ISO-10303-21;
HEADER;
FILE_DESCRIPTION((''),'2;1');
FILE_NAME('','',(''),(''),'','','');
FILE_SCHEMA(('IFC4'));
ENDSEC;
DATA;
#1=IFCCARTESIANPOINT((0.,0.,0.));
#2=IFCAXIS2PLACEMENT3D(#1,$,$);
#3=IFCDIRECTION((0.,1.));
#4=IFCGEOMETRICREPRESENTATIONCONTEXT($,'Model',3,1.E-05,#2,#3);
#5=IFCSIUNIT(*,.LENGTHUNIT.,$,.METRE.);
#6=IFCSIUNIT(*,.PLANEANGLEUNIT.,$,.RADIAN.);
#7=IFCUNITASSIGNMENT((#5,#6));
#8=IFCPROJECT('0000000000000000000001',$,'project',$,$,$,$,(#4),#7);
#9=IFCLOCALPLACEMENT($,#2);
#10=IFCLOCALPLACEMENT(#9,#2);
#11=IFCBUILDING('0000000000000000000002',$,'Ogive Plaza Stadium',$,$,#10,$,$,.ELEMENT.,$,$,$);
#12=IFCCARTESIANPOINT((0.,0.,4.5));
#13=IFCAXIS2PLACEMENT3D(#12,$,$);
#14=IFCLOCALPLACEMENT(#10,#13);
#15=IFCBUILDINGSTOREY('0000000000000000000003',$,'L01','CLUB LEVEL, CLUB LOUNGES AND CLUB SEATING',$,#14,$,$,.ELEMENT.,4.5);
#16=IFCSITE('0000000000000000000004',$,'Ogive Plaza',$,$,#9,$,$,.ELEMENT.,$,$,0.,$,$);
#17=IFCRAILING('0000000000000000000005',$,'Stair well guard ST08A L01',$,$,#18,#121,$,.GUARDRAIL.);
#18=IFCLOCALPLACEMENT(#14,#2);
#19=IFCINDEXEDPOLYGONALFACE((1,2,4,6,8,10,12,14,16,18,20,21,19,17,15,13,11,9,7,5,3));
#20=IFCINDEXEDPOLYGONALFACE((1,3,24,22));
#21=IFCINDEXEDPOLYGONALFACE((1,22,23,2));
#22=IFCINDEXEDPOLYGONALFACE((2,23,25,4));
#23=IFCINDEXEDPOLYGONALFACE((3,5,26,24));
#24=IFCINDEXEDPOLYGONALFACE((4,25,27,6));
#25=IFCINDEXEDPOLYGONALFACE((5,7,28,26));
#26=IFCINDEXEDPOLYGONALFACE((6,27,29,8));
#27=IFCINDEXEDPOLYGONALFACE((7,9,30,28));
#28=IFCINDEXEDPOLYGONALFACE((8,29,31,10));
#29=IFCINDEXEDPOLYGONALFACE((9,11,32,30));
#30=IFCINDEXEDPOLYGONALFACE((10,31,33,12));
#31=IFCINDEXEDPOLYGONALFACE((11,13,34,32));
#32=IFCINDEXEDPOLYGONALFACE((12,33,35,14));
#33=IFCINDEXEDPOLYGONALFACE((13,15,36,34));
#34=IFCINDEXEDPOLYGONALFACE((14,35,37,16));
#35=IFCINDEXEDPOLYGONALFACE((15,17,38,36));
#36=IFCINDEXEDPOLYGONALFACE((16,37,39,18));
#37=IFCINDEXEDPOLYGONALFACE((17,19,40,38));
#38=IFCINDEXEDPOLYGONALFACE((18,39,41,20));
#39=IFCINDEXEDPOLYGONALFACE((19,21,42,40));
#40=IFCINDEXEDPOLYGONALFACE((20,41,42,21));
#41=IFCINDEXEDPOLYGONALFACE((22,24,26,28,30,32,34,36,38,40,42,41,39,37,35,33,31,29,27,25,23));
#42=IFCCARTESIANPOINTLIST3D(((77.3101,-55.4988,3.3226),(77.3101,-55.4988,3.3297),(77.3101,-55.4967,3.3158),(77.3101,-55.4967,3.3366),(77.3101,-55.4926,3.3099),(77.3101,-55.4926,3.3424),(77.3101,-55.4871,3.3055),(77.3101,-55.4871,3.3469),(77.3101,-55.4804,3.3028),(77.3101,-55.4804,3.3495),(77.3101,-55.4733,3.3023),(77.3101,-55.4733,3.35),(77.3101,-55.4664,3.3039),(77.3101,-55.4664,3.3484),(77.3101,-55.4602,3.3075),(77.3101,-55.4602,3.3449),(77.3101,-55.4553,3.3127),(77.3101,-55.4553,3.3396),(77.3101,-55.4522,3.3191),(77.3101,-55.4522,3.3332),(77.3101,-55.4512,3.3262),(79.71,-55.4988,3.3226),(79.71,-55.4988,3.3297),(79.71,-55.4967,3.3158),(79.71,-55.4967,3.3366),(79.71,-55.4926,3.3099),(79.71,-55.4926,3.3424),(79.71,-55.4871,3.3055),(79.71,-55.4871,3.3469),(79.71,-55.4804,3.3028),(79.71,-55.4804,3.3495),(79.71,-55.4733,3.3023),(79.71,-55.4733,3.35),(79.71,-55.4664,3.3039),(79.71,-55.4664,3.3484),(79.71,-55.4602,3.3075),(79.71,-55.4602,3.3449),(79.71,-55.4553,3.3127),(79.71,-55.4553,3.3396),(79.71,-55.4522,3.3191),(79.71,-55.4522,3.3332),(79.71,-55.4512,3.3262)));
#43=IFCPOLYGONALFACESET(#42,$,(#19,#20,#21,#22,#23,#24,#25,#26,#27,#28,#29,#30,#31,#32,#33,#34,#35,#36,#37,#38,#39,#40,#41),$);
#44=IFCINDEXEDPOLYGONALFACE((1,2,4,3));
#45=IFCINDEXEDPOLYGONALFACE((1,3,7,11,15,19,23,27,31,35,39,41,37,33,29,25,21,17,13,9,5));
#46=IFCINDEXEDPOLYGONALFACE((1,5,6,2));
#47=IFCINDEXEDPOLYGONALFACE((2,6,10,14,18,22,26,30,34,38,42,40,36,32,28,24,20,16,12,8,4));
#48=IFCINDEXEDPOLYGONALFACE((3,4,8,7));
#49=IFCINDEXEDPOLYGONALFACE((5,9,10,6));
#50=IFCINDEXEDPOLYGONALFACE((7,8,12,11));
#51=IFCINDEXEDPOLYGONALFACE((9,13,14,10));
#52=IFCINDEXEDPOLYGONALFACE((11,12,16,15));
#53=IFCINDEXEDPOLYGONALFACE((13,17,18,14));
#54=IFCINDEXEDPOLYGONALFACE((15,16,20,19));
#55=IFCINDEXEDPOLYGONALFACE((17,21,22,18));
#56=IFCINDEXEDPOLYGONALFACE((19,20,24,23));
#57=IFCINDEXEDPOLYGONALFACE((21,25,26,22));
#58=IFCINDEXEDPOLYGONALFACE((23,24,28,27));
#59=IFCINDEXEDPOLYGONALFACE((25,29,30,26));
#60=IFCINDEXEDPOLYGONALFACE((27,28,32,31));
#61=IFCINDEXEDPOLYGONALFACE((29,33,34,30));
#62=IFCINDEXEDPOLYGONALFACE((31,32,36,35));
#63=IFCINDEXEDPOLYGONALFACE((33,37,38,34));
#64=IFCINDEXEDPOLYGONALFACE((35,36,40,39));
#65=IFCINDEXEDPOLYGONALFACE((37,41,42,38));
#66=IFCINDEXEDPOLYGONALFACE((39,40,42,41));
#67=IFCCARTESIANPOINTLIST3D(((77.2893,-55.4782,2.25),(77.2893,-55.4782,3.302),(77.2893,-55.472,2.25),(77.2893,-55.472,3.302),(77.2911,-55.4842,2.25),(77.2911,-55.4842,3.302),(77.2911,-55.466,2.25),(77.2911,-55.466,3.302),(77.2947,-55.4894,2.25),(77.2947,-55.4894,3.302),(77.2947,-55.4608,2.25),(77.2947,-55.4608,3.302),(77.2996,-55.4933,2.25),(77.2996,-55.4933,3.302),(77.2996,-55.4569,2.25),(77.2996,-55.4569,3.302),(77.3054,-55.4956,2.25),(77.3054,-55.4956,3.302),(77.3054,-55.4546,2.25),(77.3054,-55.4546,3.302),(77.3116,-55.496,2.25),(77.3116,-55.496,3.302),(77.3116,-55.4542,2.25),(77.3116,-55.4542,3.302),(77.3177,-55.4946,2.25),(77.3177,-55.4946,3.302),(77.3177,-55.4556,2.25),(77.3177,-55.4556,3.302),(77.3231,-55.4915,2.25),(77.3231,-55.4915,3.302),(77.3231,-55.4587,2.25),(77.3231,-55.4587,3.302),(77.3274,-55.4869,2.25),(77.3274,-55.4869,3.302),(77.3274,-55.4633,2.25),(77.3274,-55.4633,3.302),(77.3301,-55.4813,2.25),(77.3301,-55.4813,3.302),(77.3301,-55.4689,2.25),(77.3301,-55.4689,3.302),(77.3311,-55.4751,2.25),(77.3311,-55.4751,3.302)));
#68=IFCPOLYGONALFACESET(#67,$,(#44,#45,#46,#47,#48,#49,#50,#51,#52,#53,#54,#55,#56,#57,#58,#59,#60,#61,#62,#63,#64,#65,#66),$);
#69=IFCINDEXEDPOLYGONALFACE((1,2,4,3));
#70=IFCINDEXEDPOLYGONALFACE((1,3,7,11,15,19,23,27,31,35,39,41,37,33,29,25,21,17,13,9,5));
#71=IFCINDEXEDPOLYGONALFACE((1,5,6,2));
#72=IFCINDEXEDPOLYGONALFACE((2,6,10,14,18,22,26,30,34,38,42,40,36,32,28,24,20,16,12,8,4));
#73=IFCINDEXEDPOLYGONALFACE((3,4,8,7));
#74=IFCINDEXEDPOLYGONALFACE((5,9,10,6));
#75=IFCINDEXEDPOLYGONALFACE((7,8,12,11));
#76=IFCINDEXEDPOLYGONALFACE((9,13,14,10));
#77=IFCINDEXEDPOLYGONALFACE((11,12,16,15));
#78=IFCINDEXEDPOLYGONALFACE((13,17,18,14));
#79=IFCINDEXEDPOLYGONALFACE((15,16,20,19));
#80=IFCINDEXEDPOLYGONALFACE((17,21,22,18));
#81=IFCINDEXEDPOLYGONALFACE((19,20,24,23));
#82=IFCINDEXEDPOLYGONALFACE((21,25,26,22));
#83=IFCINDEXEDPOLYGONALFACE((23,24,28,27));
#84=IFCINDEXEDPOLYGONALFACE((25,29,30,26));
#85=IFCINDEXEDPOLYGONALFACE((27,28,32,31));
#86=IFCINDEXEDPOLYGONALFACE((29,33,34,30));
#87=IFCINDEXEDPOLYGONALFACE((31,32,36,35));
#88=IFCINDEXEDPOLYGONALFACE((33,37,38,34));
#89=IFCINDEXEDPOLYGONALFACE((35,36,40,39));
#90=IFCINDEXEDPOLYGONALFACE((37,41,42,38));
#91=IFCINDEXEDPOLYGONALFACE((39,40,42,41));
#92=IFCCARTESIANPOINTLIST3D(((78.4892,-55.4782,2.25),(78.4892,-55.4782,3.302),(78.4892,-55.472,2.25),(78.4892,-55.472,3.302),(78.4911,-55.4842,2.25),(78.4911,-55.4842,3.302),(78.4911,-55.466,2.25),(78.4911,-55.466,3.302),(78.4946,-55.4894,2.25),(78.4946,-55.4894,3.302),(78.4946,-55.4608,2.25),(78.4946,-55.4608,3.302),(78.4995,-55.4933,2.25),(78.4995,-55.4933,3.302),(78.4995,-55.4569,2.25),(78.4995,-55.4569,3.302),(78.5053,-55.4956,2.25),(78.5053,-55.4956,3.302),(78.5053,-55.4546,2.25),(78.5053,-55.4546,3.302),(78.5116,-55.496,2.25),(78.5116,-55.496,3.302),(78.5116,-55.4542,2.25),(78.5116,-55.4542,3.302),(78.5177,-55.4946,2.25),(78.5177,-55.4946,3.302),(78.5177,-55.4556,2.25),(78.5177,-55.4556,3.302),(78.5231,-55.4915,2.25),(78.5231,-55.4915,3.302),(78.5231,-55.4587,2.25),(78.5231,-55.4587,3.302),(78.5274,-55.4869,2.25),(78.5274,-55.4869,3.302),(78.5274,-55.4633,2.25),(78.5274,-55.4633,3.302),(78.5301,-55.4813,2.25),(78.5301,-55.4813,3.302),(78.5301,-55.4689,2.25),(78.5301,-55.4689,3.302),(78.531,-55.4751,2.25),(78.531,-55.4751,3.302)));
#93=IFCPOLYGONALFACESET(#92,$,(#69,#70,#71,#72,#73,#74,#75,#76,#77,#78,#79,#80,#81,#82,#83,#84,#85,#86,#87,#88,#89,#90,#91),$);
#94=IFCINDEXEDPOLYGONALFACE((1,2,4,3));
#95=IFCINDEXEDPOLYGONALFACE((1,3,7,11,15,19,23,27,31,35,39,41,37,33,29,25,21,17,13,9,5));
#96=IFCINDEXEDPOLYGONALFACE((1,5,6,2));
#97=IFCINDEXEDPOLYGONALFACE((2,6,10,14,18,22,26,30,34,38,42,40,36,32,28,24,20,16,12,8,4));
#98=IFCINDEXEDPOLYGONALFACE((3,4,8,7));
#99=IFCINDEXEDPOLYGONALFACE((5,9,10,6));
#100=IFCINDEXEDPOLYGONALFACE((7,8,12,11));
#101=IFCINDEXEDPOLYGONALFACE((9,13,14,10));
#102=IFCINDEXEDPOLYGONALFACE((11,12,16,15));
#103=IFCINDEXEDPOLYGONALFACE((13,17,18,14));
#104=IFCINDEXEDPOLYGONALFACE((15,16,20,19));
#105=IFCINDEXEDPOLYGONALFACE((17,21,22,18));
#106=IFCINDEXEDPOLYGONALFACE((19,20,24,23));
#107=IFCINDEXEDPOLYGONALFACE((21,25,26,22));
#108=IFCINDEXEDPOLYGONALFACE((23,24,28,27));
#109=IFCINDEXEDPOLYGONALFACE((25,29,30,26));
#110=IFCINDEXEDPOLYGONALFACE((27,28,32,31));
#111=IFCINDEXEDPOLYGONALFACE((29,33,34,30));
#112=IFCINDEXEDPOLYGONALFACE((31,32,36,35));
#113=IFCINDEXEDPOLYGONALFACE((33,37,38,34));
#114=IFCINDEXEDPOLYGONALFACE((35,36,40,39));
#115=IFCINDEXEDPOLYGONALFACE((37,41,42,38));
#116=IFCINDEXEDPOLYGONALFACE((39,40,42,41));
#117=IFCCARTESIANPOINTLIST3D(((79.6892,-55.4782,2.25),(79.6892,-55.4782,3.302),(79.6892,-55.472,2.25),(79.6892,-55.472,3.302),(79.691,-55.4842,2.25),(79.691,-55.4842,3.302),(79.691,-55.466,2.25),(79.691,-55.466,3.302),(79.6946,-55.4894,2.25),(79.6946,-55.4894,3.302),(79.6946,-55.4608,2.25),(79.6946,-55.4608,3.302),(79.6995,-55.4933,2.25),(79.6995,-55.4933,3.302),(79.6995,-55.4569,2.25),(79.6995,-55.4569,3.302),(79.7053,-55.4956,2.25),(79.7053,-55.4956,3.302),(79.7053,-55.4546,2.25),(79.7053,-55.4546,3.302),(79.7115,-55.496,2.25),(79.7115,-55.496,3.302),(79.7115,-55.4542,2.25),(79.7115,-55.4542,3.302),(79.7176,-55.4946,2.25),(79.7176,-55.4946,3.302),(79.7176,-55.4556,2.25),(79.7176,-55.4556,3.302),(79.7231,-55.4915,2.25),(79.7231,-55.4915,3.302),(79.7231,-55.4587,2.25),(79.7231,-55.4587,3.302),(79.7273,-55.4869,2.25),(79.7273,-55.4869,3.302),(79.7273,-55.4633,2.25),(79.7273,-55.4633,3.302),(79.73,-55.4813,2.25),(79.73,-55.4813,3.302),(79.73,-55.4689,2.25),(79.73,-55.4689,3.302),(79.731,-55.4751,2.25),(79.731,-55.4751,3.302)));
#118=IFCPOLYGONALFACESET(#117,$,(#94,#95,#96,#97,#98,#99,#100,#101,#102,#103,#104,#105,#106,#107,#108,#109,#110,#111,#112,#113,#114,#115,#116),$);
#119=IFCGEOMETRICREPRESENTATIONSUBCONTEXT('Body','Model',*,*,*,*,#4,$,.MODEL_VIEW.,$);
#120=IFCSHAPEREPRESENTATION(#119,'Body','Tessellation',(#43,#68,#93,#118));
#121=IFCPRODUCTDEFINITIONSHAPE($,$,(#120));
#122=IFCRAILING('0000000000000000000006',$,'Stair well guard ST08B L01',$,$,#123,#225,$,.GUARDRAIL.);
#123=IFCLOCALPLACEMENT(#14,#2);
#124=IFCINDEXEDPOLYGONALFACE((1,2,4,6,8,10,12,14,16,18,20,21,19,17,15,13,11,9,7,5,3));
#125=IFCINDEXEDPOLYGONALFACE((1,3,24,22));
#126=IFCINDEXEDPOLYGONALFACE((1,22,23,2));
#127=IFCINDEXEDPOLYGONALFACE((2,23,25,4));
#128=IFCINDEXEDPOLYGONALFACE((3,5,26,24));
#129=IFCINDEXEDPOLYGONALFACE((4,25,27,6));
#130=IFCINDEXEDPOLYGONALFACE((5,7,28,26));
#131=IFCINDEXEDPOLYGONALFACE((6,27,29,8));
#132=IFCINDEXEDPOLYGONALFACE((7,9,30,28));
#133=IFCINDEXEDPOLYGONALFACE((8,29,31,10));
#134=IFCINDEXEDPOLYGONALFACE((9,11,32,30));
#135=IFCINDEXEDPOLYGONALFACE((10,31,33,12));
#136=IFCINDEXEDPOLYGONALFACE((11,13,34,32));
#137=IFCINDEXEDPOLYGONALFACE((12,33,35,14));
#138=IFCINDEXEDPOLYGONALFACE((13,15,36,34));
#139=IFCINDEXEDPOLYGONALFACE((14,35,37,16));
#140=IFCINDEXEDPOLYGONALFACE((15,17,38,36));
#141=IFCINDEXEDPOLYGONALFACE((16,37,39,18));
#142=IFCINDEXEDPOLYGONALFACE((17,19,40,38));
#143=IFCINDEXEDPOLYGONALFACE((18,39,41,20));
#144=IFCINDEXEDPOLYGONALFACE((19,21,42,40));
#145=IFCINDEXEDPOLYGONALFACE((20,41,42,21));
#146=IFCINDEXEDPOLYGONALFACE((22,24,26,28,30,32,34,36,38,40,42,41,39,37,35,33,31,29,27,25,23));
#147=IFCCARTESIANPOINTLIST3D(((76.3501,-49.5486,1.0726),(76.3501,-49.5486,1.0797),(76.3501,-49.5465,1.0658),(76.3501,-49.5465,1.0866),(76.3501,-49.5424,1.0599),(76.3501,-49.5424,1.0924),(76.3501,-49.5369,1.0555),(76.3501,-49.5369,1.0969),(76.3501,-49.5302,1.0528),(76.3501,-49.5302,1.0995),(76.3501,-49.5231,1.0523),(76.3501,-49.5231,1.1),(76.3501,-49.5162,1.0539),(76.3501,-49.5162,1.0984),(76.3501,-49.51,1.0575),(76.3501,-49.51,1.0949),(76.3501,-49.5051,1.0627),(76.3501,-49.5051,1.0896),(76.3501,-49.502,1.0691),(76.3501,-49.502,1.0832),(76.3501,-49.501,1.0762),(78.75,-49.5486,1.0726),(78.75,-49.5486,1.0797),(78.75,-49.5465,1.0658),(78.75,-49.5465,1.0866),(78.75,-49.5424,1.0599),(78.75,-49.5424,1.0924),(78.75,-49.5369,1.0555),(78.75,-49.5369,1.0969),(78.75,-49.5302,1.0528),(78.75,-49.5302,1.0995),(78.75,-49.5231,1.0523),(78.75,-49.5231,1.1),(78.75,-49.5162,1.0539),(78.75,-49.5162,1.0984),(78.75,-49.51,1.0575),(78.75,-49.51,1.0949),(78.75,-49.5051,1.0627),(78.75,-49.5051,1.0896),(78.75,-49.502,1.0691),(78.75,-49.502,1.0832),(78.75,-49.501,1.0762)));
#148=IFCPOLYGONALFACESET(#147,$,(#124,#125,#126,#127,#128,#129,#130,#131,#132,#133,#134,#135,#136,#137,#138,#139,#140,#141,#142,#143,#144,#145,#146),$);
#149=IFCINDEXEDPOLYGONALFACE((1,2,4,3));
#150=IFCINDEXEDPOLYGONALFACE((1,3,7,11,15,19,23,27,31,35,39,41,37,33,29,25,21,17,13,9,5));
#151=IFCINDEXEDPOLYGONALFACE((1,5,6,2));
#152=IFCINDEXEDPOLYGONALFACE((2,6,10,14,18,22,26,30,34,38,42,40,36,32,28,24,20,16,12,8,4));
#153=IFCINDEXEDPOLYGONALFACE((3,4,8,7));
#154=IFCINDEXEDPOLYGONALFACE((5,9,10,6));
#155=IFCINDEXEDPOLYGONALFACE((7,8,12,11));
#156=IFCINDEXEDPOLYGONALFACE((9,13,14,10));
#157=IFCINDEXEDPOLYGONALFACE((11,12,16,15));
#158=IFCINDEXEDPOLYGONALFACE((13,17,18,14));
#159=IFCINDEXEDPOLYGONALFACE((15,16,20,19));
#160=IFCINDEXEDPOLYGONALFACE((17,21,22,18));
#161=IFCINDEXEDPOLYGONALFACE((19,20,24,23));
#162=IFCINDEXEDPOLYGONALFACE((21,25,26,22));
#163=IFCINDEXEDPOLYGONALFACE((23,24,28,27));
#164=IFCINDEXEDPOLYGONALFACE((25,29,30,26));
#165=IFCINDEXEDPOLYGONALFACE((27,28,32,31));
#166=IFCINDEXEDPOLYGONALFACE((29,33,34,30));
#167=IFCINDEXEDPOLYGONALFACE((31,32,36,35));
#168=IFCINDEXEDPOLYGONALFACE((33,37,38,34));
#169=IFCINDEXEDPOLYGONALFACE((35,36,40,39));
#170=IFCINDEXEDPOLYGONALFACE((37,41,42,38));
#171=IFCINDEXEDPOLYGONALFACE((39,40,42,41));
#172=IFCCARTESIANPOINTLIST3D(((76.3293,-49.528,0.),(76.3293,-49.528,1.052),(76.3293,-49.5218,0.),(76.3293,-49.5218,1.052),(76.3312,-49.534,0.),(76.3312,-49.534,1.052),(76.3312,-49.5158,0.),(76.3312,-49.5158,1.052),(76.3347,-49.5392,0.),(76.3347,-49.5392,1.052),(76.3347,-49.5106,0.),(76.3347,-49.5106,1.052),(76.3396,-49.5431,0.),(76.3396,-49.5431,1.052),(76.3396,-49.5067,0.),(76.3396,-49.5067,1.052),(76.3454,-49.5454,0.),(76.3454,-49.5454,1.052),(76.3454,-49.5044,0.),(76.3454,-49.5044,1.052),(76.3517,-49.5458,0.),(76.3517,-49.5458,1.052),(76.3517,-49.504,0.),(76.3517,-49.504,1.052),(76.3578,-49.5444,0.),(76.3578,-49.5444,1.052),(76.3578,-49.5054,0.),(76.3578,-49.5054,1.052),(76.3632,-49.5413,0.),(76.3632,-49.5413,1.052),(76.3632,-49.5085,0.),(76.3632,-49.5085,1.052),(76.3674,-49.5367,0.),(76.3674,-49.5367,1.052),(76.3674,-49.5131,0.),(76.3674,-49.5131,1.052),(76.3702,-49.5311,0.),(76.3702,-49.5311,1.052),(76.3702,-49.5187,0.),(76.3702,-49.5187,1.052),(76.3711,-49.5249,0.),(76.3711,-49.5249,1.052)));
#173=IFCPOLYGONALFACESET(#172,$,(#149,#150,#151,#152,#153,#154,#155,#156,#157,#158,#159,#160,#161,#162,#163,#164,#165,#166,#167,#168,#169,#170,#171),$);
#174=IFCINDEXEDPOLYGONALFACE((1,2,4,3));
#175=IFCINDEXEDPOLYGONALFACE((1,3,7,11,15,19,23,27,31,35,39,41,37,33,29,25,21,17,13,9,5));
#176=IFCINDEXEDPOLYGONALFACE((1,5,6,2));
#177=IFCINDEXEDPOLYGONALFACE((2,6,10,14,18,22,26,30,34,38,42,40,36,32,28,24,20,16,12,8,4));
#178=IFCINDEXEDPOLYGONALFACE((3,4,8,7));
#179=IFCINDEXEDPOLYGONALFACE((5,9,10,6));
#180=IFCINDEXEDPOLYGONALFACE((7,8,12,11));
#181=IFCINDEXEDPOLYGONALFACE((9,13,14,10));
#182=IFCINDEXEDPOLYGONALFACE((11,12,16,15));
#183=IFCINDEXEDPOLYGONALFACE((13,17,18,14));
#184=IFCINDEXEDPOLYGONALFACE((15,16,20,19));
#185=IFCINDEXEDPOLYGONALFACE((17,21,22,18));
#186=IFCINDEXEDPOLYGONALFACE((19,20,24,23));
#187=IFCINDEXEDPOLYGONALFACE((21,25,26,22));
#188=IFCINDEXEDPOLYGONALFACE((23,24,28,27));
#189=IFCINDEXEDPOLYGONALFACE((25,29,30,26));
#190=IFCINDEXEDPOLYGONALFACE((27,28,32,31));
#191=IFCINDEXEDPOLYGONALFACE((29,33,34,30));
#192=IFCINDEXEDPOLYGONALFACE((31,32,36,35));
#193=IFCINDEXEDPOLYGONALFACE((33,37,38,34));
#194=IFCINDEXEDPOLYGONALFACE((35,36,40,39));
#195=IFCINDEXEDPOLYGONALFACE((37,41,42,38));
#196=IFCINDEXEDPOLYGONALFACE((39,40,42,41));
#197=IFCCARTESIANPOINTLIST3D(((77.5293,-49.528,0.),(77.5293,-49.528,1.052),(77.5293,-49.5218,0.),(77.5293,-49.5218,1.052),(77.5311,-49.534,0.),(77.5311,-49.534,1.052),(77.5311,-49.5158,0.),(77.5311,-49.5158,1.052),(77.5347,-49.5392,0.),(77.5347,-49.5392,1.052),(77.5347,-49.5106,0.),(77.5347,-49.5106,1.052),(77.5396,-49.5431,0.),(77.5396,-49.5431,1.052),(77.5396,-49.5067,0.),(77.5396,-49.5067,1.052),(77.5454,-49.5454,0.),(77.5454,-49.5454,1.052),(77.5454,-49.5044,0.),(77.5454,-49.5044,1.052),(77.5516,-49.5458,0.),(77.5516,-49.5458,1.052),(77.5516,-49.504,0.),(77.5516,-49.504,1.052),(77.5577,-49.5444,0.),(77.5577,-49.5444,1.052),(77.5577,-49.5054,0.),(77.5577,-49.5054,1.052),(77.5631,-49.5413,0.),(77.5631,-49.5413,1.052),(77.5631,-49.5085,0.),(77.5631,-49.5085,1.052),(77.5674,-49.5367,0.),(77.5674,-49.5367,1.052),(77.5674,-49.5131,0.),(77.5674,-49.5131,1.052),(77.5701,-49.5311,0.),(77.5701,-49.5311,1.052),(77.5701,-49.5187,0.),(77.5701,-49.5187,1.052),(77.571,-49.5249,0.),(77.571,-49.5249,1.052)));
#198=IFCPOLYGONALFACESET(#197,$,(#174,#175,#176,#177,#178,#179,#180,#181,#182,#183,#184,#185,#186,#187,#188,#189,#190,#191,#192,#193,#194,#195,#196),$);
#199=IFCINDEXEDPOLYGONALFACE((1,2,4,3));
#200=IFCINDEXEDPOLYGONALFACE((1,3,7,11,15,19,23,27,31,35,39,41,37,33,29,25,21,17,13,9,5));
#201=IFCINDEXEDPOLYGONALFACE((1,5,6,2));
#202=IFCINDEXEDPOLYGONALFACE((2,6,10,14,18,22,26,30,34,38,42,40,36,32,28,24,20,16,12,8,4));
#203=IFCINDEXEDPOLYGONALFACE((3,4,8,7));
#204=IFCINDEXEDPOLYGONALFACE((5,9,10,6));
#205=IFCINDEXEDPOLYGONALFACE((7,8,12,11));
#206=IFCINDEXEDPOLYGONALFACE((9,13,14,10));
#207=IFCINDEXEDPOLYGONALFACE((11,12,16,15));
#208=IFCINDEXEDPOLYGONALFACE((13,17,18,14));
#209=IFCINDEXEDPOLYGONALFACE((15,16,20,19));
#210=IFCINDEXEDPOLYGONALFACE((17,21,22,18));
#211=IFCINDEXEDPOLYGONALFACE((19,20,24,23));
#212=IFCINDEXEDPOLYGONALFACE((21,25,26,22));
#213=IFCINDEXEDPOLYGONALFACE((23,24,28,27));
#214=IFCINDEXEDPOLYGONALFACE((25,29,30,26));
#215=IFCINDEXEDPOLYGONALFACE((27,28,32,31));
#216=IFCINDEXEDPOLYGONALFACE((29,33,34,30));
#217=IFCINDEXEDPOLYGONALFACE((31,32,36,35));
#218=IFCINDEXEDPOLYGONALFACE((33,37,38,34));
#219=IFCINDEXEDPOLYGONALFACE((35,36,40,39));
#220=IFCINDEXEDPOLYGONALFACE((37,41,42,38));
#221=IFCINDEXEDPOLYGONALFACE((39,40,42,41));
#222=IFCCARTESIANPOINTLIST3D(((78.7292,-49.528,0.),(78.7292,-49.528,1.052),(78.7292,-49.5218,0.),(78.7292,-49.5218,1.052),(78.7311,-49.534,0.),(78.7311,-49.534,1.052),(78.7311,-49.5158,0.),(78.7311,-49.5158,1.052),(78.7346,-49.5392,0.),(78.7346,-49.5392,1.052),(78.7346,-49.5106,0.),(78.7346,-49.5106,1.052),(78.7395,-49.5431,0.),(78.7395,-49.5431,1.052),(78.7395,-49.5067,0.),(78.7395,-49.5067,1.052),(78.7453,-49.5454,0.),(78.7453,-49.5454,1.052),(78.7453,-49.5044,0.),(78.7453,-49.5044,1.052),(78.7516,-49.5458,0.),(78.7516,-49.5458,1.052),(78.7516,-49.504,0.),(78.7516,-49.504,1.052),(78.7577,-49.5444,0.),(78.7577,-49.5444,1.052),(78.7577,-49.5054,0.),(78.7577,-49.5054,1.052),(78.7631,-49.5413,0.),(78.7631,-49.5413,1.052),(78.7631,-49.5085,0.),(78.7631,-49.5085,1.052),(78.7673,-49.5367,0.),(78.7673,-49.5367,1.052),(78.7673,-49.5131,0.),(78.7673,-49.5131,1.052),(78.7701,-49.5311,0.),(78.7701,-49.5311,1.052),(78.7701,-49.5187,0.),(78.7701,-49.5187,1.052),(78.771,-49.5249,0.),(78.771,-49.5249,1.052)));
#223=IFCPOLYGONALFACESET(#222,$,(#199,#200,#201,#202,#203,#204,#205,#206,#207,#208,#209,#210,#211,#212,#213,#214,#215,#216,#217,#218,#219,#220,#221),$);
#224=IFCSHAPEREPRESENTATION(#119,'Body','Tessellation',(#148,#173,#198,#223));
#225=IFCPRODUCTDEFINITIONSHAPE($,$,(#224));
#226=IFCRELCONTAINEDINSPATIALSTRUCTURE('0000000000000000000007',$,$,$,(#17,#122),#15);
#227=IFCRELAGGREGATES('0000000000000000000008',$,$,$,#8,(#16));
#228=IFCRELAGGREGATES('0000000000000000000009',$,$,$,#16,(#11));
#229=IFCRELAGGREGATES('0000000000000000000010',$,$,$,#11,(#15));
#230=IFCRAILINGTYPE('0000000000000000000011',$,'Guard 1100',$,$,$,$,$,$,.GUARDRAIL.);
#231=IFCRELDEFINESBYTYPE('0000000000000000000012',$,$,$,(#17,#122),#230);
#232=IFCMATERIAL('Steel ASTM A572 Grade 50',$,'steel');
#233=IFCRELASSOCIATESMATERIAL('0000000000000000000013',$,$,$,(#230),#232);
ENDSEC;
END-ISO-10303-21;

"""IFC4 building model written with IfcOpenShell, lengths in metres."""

from ifc_helpers import new_model, si_unit, direction, frame, origin, origin_2d, place, context, subcontext, project, spatial, circle, extrude, material, type_object, element, save


model = new_model("IFC4")

# Units and contexts
model_context = context("Model", 3, precision=1e-05, world=origin(), true_north=direction((0.0, 1.0)))
body_context = subcontext(model_context, "Body", "Model", "MODEL_VIEW")
ifc_project = project(units=[si_unit("LENGTHUNIT", "METRE"), si_unit("PLANEANGLEUNIT", "RADIAN")], contexts=[model_context])

# Site, building, storey
site_placement = place(None, origin())
site = spatial("IfcSite", under=ifc_project, at=site_placement, Name="Ogive Plaza", CompositionType="ELEMENT", RefElevation=0.0)
building_placement = place(site_placement, origin())
building = spatial("IfcBuilding", under=site, at=building_placement, Name="Ogive Plaza Stadium", CompositionType="ELEMENT")
storey_placement = place(building_placement, frame((0.0, 0.0, 4.5)))
storey = spatial("IfcBuildingStorey", under=building, at=storey_placement, Name="L01", Description="CLUB LEVEL, CLUB LOUNGES AND CLUB SEATING", CompositionType="ELEMENT", Elevation=4.5)

# Railings
ifc_material_1 = material(Name="Steel ASTM A572 Grade 50", Category="steel")
railing_type_1 = type_object("IfcRailingType", Name="Guard 1100", PredefinedType="GUARDRAIL", material=ifc_material_1)
for number, where, name in (
    (1, (77.3101, -55.4751, 2.25), "Stair well guard ST08A L01"),
    (2, (76.3501, -49.5249, 0.0), "Stair well guard ST08B L01"),
):
    element("IfcRailing", number, at=place(storey_placement, frame(where)), inside=storey, type_object=railing_type_1, Name=name, PredefinedType="GUARDRAIL", context=body_context, shape_type="SweptSolid", body=[
        extrude(circle(Radius=0.0239, at=origin_2d()), frame((0.0, 0.0, 1.0762), z_axis=(1.0, 0.0, 0.0), x_axis=(0.0, 1.0, 0.0)), (0.0, 0.0, 1.0), 2.3999),
        extrude(circle(Radius=0.021, at=origin_2d()), origin(), (0.0, 0.0, 1.0), 1.052),
        extrude(circle(Radius=0.021, at=origin_2d()), frame((1.2, 0.0, 0.0)), (0.0, 0.0, 1.0), 1.052),
        extrude(circle(Radius=0.021, at=origin_2d()), frame((2.3999, 0.0, 0.0)), (0.0, 0.0, 1.0), 1.052),
    ])

save(model, "model.ifc")
